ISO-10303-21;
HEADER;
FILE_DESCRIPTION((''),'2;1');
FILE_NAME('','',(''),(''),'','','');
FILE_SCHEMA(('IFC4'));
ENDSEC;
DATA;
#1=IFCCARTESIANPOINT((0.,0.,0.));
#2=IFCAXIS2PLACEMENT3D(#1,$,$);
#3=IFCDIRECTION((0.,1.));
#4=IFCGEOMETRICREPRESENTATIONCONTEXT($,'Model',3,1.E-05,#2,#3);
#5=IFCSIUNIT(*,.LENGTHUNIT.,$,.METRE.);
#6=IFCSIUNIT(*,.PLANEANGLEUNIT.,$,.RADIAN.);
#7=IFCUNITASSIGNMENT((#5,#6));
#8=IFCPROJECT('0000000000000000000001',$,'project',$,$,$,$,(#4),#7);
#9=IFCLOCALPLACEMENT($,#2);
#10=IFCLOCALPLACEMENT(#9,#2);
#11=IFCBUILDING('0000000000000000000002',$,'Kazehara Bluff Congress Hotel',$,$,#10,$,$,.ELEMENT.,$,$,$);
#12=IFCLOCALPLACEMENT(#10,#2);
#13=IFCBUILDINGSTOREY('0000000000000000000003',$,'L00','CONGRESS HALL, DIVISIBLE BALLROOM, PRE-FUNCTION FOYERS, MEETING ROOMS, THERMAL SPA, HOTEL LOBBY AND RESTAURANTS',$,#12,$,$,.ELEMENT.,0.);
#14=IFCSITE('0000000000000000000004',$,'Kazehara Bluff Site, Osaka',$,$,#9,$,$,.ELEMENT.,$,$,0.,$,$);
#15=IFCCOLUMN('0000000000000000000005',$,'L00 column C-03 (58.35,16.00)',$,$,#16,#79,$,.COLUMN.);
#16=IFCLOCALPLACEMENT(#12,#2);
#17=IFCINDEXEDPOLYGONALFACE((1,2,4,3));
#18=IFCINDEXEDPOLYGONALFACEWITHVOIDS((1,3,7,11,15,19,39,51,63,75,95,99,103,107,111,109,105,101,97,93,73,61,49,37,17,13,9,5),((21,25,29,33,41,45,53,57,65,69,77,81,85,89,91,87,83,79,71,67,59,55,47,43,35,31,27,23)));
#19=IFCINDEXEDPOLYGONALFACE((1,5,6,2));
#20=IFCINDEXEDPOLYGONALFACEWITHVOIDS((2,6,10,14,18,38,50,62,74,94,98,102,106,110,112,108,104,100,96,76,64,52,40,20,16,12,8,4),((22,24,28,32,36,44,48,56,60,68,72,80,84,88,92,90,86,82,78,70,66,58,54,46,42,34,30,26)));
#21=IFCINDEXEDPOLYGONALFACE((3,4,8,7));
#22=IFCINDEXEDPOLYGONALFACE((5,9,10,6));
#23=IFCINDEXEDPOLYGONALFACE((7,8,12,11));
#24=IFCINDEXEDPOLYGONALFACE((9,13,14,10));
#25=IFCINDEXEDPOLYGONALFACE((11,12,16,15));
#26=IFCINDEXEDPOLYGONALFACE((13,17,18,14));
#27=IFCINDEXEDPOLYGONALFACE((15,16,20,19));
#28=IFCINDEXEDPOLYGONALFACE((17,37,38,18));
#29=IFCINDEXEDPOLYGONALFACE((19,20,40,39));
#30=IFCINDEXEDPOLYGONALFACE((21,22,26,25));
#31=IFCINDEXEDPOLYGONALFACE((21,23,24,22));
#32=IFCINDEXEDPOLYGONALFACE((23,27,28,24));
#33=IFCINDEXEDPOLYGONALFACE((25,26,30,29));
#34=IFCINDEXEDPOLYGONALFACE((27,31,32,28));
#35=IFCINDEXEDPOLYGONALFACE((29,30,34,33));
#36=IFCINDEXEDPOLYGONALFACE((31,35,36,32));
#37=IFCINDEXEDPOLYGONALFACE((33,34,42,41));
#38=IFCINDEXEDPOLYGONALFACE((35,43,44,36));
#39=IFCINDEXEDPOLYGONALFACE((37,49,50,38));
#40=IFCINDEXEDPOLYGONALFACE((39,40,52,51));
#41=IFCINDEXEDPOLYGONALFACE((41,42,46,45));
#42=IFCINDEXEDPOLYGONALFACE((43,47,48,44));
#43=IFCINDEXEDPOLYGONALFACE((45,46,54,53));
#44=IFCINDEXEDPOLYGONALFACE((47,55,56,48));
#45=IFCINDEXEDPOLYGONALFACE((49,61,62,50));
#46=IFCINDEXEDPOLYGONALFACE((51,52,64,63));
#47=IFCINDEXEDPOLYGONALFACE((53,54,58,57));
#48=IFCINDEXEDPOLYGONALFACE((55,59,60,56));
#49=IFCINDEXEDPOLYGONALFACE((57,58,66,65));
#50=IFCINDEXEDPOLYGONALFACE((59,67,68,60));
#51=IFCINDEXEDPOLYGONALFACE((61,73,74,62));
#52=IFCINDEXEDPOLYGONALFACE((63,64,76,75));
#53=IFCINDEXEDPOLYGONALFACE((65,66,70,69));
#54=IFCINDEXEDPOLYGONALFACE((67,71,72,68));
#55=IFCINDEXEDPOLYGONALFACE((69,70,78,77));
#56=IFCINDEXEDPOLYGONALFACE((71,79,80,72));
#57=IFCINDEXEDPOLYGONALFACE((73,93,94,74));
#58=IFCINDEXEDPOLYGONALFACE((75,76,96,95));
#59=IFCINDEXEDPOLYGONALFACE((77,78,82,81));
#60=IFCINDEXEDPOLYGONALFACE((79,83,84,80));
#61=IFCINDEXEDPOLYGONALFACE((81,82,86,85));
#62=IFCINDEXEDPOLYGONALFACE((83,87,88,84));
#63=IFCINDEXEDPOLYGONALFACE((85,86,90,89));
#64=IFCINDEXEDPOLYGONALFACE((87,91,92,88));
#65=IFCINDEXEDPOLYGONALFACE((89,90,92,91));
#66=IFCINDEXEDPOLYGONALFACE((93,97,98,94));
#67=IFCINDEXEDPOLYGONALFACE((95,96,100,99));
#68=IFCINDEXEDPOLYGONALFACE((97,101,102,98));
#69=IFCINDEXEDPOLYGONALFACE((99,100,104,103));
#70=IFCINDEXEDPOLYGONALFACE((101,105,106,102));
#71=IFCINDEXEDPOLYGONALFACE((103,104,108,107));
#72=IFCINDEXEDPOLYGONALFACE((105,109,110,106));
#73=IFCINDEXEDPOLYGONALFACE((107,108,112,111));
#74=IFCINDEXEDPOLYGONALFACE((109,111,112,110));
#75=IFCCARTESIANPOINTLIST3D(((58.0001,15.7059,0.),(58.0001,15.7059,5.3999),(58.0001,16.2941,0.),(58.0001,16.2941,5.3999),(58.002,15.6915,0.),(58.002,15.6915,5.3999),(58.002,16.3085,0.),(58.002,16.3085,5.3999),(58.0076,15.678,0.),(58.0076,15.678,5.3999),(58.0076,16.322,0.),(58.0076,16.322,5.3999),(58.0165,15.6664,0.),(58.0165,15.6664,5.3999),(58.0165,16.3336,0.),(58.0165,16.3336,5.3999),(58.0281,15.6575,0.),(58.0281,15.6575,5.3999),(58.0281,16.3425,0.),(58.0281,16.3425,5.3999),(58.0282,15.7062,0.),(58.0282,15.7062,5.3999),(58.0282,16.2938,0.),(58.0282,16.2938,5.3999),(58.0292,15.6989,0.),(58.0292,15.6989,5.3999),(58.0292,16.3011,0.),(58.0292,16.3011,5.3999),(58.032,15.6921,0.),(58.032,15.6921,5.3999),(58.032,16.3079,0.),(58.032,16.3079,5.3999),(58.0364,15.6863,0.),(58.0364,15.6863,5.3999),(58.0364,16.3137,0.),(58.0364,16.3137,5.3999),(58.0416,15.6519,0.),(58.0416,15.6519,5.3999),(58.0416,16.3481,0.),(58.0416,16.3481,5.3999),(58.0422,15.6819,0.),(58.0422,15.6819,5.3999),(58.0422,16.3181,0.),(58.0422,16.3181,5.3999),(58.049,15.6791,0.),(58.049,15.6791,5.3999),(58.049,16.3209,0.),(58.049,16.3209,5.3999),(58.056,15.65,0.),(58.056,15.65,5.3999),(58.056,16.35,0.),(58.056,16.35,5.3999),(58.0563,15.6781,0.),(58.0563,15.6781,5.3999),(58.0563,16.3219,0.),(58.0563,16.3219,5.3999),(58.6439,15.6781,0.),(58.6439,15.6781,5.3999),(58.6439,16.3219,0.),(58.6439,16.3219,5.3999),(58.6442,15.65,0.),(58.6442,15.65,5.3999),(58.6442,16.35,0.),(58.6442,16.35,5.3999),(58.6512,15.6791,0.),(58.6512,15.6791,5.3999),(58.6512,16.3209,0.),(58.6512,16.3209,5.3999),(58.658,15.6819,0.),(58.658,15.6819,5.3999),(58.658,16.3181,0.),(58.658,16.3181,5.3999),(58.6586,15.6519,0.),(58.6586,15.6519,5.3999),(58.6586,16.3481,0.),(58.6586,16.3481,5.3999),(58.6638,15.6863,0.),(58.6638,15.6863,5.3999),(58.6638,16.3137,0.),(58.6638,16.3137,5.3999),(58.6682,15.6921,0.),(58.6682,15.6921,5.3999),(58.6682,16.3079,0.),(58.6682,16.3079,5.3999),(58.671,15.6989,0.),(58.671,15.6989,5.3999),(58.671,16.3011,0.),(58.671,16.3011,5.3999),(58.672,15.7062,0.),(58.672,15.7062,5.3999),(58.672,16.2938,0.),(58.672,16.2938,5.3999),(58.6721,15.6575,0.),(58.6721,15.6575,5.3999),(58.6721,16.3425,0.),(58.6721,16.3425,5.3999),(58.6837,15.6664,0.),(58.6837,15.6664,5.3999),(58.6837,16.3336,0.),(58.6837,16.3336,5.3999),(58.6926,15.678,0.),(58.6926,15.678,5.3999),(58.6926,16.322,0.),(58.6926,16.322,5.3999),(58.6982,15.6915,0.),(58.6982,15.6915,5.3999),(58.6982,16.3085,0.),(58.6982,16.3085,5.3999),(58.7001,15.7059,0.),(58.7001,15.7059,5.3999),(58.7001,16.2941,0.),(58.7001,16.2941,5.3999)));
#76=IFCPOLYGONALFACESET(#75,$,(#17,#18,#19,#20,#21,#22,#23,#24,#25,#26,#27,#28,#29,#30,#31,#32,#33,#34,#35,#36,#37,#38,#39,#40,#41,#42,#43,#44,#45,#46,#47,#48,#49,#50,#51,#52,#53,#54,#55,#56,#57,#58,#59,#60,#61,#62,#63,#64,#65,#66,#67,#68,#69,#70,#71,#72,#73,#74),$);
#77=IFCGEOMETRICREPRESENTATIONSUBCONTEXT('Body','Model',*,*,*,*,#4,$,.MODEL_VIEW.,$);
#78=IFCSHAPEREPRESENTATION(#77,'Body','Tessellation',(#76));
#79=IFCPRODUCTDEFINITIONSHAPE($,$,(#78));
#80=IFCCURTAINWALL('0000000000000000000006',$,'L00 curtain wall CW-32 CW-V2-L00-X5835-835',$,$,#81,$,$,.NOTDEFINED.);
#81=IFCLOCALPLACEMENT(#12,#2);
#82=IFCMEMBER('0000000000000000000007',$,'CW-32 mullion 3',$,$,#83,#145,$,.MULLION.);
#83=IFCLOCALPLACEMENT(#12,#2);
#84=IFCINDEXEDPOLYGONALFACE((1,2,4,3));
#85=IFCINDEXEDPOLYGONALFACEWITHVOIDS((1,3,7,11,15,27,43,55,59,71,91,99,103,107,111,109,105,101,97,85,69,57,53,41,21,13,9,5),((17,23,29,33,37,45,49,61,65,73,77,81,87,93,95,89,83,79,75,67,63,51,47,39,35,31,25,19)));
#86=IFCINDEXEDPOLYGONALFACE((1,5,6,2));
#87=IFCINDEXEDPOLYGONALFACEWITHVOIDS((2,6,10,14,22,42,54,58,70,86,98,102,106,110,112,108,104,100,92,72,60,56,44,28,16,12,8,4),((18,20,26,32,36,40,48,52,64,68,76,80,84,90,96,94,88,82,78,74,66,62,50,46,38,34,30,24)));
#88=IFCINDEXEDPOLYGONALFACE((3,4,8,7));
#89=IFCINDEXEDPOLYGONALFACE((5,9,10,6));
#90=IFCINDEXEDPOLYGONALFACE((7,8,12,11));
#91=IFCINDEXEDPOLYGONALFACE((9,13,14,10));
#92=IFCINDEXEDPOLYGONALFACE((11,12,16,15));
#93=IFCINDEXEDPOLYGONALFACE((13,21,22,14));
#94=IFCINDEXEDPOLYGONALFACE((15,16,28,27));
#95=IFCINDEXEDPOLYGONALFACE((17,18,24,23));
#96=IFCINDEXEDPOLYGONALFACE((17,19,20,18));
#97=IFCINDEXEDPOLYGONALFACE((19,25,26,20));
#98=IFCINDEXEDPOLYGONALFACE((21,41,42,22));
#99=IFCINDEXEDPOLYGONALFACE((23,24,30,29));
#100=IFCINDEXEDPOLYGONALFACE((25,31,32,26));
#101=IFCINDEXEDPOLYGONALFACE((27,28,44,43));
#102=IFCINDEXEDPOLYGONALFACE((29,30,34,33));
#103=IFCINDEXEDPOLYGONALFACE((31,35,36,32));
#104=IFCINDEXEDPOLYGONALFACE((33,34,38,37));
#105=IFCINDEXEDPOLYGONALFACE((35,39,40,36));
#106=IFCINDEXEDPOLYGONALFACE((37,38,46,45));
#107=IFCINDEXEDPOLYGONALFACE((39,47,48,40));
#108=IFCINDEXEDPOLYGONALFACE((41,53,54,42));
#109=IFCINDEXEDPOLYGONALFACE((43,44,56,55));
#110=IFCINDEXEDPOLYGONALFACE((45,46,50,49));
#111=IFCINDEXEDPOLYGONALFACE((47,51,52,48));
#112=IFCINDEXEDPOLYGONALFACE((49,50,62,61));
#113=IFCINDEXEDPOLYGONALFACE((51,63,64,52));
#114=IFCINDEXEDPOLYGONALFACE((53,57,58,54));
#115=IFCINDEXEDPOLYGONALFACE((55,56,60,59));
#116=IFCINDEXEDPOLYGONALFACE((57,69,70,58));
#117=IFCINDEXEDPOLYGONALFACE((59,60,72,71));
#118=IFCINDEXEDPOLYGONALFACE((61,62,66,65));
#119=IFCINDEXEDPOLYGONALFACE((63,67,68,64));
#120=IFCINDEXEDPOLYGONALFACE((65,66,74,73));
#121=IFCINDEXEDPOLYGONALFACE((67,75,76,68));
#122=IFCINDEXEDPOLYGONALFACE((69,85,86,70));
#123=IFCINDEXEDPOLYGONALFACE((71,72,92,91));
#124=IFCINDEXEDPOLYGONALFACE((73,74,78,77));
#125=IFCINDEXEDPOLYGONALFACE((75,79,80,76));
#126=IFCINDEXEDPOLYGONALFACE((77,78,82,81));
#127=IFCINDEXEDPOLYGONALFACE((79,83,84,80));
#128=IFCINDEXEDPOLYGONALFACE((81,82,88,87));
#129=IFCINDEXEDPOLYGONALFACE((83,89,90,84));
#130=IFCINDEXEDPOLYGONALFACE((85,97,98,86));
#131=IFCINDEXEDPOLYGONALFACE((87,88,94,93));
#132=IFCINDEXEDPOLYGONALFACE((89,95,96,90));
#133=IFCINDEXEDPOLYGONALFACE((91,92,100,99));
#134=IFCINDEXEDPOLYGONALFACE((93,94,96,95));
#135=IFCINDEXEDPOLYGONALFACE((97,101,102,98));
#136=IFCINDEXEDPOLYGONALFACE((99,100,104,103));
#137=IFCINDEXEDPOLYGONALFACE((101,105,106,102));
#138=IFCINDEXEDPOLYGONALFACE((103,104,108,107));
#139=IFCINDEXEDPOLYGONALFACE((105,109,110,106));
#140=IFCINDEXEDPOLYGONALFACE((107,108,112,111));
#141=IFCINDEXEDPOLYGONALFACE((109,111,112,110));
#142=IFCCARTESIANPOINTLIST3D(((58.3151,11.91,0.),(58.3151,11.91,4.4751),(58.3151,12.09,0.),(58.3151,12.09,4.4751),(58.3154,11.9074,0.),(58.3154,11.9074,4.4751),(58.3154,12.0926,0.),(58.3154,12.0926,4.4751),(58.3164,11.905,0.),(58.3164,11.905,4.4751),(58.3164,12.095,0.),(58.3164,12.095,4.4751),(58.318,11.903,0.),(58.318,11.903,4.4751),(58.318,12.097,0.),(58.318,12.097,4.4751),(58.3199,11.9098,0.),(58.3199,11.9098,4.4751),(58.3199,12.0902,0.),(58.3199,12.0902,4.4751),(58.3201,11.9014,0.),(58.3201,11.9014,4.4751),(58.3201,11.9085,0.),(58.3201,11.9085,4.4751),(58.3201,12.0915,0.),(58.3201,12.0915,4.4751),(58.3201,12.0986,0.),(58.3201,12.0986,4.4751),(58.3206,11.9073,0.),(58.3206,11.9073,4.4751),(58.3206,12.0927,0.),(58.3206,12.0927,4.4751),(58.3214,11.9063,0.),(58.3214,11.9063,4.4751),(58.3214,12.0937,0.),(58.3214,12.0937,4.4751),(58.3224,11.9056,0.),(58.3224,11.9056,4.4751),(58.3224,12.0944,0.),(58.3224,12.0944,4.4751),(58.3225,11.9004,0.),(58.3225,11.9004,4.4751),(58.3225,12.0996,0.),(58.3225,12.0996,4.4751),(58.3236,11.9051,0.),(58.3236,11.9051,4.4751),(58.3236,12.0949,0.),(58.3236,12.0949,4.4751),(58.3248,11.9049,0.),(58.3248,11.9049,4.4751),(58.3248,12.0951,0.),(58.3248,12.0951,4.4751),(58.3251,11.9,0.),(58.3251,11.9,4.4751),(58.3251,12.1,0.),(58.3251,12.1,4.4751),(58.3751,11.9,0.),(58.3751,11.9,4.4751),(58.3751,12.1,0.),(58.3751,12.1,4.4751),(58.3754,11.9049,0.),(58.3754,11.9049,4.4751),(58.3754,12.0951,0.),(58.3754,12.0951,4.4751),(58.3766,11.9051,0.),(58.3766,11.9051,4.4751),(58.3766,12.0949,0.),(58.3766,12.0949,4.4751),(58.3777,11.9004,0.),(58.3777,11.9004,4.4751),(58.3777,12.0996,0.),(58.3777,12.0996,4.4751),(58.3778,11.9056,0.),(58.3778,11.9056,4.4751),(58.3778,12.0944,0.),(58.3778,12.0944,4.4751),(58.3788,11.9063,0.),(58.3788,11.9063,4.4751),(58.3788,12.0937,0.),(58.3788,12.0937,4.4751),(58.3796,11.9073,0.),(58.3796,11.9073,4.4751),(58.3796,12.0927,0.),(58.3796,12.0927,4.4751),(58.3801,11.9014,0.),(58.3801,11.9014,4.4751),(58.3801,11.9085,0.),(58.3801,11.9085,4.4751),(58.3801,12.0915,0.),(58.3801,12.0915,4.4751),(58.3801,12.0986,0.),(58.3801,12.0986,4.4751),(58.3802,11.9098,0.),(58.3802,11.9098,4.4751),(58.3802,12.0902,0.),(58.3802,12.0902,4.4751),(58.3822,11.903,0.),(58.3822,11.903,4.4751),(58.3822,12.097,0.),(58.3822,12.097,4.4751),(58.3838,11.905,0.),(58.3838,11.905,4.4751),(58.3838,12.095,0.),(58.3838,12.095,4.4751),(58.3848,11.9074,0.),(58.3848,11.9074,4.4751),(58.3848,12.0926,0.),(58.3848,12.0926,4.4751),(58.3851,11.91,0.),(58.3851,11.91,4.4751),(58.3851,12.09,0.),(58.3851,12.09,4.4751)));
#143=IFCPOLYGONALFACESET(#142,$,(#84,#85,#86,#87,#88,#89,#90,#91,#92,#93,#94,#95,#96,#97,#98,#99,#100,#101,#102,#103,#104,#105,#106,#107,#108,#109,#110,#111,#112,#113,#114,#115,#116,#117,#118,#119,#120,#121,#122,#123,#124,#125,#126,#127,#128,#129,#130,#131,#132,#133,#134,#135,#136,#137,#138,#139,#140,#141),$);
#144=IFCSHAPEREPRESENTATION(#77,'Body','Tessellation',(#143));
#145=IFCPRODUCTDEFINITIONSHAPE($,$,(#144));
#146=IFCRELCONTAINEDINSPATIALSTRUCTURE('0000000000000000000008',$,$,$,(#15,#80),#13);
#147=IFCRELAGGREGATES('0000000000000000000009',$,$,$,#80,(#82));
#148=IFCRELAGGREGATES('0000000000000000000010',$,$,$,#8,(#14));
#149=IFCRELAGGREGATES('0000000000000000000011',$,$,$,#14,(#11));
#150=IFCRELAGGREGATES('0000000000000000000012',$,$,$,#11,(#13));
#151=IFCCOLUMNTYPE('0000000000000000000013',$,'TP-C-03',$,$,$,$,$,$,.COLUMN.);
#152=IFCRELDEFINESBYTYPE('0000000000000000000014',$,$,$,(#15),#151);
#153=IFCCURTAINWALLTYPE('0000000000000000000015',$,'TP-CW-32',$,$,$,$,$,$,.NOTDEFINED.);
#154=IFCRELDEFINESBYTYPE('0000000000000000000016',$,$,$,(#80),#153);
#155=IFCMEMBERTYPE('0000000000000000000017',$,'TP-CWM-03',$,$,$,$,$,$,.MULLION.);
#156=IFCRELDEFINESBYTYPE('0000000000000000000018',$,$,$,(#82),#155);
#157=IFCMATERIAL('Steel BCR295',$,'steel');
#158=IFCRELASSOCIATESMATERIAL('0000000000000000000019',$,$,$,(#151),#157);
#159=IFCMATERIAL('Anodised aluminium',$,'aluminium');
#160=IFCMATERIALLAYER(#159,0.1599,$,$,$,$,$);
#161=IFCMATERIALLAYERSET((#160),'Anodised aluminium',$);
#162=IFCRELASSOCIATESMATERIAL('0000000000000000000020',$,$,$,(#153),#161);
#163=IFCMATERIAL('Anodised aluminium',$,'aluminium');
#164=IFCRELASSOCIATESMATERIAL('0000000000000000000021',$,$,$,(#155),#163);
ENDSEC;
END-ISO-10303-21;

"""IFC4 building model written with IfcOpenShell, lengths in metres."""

from ifc_helpers import new_model, si_unit, direction, frame, origin, origin_2d, place, context, subcontext, project, spatial, hollow_rectangle, extrude, material, layer, layer_set, material_profile, profile_set, type_object, element, aggregate, save


model = new_model("IFC4")

# Units and contexts
model_context = context("Model", 3, precision=1e-05, world=origin(), true_north=direction((0.0, 1.0)))
body_context = subcontext(model_context, "Body", "Model", "MODEL_VIEW")
ifc_project = project(units=[si_unit("LENGTHUNIT", "METRE"), si_unit("PLANEANGLEUNIT", "RADIAN")], contexts=[model_context])

# Site, building, storey
site_placement = place(None, origin())
site = spatial("IfcSite", under=ifc_project, at=site_placement, Name="Kazehara Bluff Site, Osaka", CompositionType="ELEMENT", RefElevation=0.0)
building_placement = place(site_placement, origin())
building = spatial("IfcBuilding", under=site, at=building_placement, Name="Kazehara Bluff Congress Hotel", CompositionType="ELEMENT")
storey_placement = place(building_placement, origin())
storey = spatial("IfcBuildingStorey", under=building, at=storey_placement, Name="L00", Description="CONGRESS HALL, DIVISIBLE BALLROOM, PRE-FUNCTION FOYERS, MEETING ROOMS, THERMAL SPA, HOTEL LOBBY AND RESTAURANTS", CompositionType="ELEMENT", Elevation=0.0)

# Column
ifc_material_1 = material(Name="Steel BCR295", Category="steel")
ifc_material_profile_1 = material_profile(ifc_material_1, hollow_rectangle(XDim=0.7, YDim=0.7, WallThickness=0.0281, InnerFilletRadius=0.0281, OuterFilletRadius=0.0559, at=origin_2d()))
ifc_profile_set_1 = profile_set([ifc_material_profile_1], Name="Steel BCR295")
column_type = type_object("IfcColumnType", Name="TP-C-03", PredefinedType="COLUMN", material=ifc_profile_set_1)
column_placement = place(storey_placement, frame((58.3501, 16.0, 0.0), z_axis=(0.0, 0.0, 1.0), x_axis=(1.0, 0.0, 0.0)))
element("IfcColumn", 1, at=column_placement, inside=storey, type_object=column_type, Name="L00 column C-03 (58.35,16.00)", PredefinedType="COLUMN", context=body_context, shape_type="SweptSolid", body=[
    extrude(hollow_rectangle(XDim=0.7, YDim=0.7, WallThickness=0.0281, InnerFilletRadius=0.0281, OuterFilletRadius=0.0559, at=origin_2d()), origin(), (0.0, 0.0, 1.0), 5.3999),
])

# Curtain wall, member
ifc_material_2 = material(Name="Anodised aluminium", Category="aluminium")
ifc_layer_1 = layer(ifc_material_2, 0.1599)
ifc_layer_set_1 = layer_set([ifc_layer_1], Name="Anodised aluminium")
curtain_wall_type = type_object("IfcCurtainWallType", Name="TP-CW-32", PredefinedType="NOTDEFINED", material=ifc_layer_set_1)
curtain_wall_1_placement = place(storey_placement, origin())
curtain_wall_1 = element("IfcCurtainWall", 2, at=curtain_wall_1_placement, inside=storey, type_object=curtain_wall_type, Name="L00 curtain wall CW-32 CW-V2-L00-X5835-835", PredefinedType="NOTDEFINED")
ifc_material_3 = material(Name="Anodised aluminium", Category="aluminium")
ifc_material_profile_2 = material_profile(ifc_material_3, hollow_rectangle(XDim=0.0701, YDim=0.2, WallThickness=0.0049, InnerFilletRadius=0.0049, OuterFilletRadius=0.01, at=origin_2d()))
ifc_profile_set_2 = profile_set([ifc_material_profile_2], Name="Anodised aluminium")
member_type_1 = type_object("IfcMemberType", Name="TP-CWM-03", PredefinedType="MULLION", material=ifc_profile_set_2)
member_1_placement = place(storey_placement, frame((58.3501, 12.0, 0.0), z_axis=(0.0, 0.0, 1.0), x_axis=(-1.0, 0.0, 0.0)))
member_1 = element("IfcMember", 3, at=member_1_placement, type_object=member_type_1, Name="CW-32 mullion 3", PredefinedType="MULLION", context=body_context, shape_type="SweptSolid", body=[
    extrude(hollow_rectangle(XDim=0.0701, YDim=0.2, WallThickness=0.0049, InnerFilletRadius=0.0049, OuterFilletRadius=0.01, at=origin_2d()), origin(), (0.0, 0.0, 1.0), 4.4751),
])

aggregate(curtain_wall_1, [member_1])

save(model, "model.ifc")
